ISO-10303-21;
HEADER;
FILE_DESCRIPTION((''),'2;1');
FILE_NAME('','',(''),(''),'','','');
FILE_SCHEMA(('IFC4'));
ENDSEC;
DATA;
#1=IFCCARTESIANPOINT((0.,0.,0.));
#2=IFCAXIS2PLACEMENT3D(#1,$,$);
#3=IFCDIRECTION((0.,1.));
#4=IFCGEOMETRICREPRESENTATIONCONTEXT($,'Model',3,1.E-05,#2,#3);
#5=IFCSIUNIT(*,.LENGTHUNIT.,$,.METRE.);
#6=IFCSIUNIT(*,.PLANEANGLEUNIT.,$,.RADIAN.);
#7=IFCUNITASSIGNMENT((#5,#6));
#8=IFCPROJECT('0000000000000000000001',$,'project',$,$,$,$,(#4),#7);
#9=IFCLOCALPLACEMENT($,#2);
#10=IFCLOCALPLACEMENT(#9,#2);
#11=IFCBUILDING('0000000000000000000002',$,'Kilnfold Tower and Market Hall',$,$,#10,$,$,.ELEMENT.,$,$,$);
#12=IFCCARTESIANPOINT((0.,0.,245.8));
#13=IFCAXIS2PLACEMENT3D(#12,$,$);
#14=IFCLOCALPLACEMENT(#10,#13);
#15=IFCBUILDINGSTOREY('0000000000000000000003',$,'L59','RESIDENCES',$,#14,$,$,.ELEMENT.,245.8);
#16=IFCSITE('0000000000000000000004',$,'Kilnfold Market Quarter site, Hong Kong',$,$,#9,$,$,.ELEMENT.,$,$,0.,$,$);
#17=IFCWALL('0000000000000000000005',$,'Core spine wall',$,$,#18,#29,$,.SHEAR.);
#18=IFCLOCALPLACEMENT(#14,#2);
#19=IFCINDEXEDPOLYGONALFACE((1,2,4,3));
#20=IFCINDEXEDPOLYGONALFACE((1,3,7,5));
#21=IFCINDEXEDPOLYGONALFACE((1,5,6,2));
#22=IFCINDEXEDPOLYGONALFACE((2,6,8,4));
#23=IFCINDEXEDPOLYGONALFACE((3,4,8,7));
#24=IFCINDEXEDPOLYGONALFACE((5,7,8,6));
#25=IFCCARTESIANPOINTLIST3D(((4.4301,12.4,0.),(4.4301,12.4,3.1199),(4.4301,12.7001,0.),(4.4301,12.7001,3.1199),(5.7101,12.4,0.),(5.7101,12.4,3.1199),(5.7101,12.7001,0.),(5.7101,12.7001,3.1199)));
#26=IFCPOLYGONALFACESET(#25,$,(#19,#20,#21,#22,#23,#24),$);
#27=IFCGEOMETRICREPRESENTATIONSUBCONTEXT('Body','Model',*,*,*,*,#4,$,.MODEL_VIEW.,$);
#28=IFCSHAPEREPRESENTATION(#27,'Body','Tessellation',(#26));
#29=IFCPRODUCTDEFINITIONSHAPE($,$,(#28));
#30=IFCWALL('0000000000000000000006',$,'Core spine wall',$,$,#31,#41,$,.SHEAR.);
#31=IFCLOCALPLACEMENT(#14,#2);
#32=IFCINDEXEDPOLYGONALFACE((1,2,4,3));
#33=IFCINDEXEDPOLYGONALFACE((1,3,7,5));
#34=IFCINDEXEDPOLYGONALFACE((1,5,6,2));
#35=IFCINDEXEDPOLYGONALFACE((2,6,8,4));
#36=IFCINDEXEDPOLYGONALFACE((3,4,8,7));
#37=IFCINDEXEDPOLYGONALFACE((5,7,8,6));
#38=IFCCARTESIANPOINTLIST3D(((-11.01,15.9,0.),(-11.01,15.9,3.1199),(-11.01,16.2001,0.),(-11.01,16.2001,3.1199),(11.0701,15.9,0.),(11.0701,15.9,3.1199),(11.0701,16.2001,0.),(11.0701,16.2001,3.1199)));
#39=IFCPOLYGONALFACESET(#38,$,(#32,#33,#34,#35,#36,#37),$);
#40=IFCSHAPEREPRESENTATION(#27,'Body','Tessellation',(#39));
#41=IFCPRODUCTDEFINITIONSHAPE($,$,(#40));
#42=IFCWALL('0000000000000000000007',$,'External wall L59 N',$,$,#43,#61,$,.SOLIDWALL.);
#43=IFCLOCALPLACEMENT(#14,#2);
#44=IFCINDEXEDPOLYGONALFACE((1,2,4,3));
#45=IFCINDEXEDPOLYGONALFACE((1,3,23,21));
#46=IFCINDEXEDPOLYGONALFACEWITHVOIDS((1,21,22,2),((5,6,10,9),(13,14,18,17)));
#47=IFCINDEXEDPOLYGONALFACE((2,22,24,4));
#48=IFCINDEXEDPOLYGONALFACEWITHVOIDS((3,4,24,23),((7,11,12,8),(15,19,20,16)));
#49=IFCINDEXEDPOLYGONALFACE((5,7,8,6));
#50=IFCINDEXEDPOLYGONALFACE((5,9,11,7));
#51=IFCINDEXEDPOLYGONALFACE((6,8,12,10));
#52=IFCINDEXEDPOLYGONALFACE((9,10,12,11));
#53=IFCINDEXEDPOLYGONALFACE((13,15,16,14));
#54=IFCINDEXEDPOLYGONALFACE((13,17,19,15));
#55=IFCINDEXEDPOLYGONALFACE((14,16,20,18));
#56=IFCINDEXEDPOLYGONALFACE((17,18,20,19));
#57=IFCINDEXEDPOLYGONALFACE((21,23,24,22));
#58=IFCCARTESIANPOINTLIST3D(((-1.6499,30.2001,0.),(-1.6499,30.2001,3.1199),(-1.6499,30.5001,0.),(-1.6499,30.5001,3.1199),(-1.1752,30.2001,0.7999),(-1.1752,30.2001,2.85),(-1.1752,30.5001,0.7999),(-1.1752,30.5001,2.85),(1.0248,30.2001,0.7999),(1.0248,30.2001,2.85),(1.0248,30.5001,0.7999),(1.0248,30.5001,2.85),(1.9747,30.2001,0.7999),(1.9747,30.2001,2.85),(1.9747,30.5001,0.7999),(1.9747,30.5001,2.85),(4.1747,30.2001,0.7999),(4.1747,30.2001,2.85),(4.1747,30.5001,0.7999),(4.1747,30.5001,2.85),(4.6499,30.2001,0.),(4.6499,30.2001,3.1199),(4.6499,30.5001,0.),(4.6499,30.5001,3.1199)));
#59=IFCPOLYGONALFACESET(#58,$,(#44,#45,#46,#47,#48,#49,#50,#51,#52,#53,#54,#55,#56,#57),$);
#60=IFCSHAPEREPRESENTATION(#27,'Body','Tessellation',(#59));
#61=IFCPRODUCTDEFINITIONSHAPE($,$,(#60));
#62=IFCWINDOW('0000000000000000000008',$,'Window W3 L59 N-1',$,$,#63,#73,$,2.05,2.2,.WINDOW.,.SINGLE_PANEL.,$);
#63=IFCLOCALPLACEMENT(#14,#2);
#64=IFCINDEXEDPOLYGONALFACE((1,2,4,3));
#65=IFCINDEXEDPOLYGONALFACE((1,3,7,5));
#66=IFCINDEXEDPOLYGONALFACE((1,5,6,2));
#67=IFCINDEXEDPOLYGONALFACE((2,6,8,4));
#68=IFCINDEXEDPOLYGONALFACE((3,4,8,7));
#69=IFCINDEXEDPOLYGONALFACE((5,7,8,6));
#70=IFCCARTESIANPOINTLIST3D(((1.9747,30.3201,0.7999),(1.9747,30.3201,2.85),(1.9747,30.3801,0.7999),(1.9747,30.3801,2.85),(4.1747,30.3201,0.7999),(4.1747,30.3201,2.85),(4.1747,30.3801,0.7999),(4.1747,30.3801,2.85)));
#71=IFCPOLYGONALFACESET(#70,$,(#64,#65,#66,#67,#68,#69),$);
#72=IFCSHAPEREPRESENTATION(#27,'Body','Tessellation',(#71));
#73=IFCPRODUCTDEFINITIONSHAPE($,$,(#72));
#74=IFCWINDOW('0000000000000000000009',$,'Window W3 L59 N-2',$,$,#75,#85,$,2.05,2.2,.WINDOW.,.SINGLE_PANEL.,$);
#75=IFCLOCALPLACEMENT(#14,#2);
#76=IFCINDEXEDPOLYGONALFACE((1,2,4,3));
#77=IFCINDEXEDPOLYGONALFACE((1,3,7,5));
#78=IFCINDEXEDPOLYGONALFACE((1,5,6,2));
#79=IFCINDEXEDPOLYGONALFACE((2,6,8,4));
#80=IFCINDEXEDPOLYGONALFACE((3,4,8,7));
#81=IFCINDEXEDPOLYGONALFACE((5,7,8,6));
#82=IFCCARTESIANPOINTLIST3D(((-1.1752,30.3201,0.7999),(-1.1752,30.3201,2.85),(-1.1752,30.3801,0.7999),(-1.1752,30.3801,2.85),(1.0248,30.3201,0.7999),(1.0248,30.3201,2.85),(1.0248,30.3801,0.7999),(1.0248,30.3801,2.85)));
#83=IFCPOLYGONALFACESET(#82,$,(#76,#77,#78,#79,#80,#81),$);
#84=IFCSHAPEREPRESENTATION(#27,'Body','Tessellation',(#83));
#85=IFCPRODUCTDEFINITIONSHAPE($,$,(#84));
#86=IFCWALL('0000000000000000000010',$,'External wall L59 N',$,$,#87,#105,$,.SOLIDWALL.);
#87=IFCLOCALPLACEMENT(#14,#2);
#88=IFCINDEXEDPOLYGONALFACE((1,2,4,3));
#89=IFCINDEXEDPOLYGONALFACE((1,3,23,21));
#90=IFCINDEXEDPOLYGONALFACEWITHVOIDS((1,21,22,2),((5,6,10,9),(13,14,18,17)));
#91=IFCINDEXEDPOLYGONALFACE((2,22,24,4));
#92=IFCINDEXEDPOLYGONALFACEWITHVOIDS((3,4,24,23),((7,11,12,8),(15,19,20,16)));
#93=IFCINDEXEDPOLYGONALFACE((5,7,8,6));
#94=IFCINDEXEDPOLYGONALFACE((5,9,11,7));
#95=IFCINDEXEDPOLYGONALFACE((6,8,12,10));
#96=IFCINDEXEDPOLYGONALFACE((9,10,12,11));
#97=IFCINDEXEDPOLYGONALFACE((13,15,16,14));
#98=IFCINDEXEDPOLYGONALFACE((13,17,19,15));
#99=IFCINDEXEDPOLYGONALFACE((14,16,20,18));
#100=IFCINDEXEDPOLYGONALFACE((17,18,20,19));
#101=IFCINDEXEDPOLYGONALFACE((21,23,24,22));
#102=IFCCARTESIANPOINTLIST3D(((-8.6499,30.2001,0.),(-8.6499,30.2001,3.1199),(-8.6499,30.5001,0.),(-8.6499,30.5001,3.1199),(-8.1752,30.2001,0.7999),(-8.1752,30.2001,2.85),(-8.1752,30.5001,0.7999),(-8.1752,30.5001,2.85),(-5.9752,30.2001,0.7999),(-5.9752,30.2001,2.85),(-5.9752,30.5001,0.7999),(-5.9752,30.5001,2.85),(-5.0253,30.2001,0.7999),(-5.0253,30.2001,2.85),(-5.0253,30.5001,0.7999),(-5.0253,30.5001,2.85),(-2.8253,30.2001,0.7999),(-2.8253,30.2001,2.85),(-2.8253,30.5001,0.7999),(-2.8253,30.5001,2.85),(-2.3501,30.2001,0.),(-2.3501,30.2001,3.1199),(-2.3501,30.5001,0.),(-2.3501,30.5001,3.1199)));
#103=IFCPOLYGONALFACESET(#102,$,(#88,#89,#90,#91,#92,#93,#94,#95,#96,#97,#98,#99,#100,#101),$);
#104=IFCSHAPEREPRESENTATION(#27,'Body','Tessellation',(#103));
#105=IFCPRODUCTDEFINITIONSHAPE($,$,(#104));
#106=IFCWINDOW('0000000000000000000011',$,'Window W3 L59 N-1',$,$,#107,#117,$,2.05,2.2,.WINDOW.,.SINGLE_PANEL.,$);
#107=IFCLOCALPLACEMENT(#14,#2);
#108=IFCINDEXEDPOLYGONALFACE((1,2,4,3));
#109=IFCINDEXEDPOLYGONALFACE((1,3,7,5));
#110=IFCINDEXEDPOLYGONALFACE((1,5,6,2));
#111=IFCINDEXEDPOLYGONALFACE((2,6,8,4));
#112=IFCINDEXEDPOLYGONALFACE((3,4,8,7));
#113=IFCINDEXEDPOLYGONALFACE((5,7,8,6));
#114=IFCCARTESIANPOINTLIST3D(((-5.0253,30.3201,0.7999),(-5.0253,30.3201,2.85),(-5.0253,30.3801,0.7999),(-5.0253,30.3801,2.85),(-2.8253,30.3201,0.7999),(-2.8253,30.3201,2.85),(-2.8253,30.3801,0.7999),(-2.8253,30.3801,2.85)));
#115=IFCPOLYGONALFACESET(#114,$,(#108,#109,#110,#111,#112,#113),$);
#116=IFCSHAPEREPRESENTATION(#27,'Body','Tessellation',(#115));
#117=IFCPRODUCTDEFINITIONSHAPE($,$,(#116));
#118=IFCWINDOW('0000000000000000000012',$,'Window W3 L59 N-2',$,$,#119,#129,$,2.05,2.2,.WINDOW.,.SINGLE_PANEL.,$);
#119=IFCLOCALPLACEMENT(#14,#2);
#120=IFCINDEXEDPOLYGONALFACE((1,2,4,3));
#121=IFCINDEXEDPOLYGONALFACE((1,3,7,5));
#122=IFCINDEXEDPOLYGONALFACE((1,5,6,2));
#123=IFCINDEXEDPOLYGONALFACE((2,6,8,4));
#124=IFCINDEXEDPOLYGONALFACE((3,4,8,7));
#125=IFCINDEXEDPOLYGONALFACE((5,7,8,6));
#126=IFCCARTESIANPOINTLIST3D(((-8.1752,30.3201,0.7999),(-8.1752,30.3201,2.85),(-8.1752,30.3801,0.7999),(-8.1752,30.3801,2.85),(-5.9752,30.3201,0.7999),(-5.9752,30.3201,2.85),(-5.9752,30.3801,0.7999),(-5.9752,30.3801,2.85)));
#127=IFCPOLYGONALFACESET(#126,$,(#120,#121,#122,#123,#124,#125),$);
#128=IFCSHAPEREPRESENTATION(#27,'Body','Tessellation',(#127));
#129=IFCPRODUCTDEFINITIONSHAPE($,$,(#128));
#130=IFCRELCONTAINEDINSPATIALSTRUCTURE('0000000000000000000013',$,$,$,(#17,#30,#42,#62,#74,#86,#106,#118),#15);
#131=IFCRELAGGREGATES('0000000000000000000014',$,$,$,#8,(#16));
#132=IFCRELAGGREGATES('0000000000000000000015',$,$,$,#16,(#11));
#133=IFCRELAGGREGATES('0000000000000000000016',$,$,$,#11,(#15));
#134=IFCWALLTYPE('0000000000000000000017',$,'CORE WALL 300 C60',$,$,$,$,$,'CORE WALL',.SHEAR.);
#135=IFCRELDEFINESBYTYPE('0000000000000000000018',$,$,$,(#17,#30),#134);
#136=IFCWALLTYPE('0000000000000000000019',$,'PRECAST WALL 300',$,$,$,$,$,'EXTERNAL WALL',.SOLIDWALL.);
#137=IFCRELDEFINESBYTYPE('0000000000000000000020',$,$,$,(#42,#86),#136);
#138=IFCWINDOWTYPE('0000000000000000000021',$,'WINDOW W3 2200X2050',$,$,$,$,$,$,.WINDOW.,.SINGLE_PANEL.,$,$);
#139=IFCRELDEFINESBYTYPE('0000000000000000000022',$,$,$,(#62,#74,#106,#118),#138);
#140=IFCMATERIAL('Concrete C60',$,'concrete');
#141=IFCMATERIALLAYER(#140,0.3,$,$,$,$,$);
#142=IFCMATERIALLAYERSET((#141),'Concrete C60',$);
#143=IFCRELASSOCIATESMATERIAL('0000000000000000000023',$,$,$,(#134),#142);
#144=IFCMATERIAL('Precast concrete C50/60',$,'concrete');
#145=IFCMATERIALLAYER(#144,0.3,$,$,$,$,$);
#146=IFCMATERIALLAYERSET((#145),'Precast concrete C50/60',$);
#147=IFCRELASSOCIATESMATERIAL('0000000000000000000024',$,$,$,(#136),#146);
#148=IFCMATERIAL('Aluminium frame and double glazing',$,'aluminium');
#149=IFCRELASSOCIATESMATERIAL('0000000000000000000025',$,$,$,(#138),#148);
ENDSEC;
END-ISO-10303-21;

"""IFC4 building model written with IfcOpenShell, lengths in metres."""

from ifc_helpers import new_model, si_unit, direction, frame, frame_2d, origin, place, context, subcontext, project, spatial, rectangle, extrude, source, transform, mapped, material, layer, layer_set, type_object, element, fill, save


model = new_model("IFC4")

# Units and contexts
model_context = context("Model", 3, precision=1e-05, world=origin(), true_north=direction((0.0, 1.0)))
body_context = subcontext(model_context, "Body", "Model", "MODEL_VIEW")
ifc_project = project(units=[si_unit("LENGTHUNIT", "METRE"), si_unit("PLANEANGLEUNIT", "RADIAN")], contexts=[model_context])

# Site, building, storey
site_placement = place(None, origin())
site = spatial("IfcSite", under=ifc_project, at=site_placement, Name="Kilnfold Market Quarter site, Hong Kong", CompositionType="ELEMENT", RefElevation=0.0)
building_placement = place(site_placement, origin())
building = spatial("IfcBuilding", under=site, at=building_placement, Name="Kilnfold Tower and Market Hall", CompositionType="ELEMENT")
storey_placement = place(building_placement, frame((0.0, 0.0, 245.8)))
storey = spatial("IfcBuildingStorey", under=building, at=storey_placement, Name="L59", Description="RESIDENCES", CompositionType="ELEMENT", Elevation=245.8)

# Walls
ifc_material_1 = material(Name="Concrete C60", Category="concrete")
ifc_layer_1 = layer(ifc_material_1, 0.3)
ifc_layer_set_1 = layer_set([ifc_layer_1], Name="Concrete C60")
wall_type_1 = type_object("IfcWallType", Name="CORE WALL 300 C60", ElementType="CORE WALL", PredefinedType="SHEAR", material=ifc_layer_set_1)
shared_shape_1 = source(origin(), body_context, "Body", "SweptSolid", [
    extrude(rectangle(XDim=1.28, YDim=0.3, at=frame_2d((0.6401, 0.0))), origin(), (0.0, 0.0, 1.0), 3.1199),
])
wall_1_placement = place(storey_placement, frame((4.4299, 12.55, 0.0), z_axis=(0.0, 0.0, 1.0), x_axis=(1.0, 0.0, 0.0)))
element("IfcWall", 1, at=wall_1_placement, inside=storey, type_object=wall_type_1, Name="Core spine wall", PredefinedType="SHEAR", context=body_context, shape_type="MappedRepresentation", body=[
    mapped(shared_shape_1, transform((0.0, 0.0, 0.0))),
])
shared_shape_2 = source(origin(), body_context, "Body", "SweptSolid", [
    extrude(rectangle(XDim=22.0801, YDim=0.3, at=frame_2d((11.04, 0.0))), origin(), (0.0, 0.0, 1.0), 3.1199),
])
wall_2_placement = place(storey_placement, frame((-11.01, 16.05, 0.0), z_axis=(0.0, 0.0, 1.0), x_axis=(1.0, 0.0, 0.0)))
element("IfcWall", 2, at=wall_2_placement, inside=storey, type_object=wall_type_1, Name="Core spine wall", PredefinedType="SHEAR", context=body_context, shape_type="MappedRepresentation", body=[
    mapped(shared_shape_2, transform((0.0, 0.0, 0.0))),
])

# Walls, openings, windows
ifc_material_2 = material(Name="Precast concrete C50/60", Category="concrete")
ifc_layer_2 = layer(ifc_material_2, 0.3)
ifc_layer_set_2 = layer_set([ifc_layer_2], Name="Precast concrete C50/60")
wall_type_2 = type_object("IfcWallType", Name="PRECAST WALL 300", ElementType="EXTERNAL WALL", PredefinedType="SOLIDWALL", material=ifc_layer_set_2)
shared_shape_3 = source(origin(), body_context, "Body", "SweptSolid", [
    extrude(rectangle(XDim=6.2998, YDim=0.3, at=frame_2d((3.1499, 0.0))), origin(), (0.0, 0.0, 1.0), 3.1199),
])
wall_3_placement = place(storey_placement, frame((4.6499, 30.3501, 0.0), z_axis=(0.0, 0.0, 1.0), x_axis=(-1.0, 0.0, 0.0)))
wall_3 = element("IfcWall", 3, at=wall_3_placement, inside=storey, type_object=wall_type_2, Name="External wall L59 N", PredefinedType="SOLIDWALL", context=body_context, shape_type="MappedRepresentation", body=[
    mapped(shared_shape_3, transform((0.0, 0.0, 0.0))),
])
opening_1_placement = place(wall_3_placement, frame((0.4751, 0.0, 0.8)))
opening_1 = element("IfcOpeningElement", 4, at=opening_1_placement, cuts=wall_3, PredefinedType="OPENING", context=body_context, shape_type="SweptSolid", body=[
    extrude(rectangle(XDim=2.2, YDim=2.05, at=frame_2d((1.1001, 1.0249))), frame((0.0, 0.1602, 0.0), z_axis=(0.0, -1.0, 0.0), x_axis=(1.0, 0.0, 0.0)), (0.0, 0.0, 1.0), 0.3201),
])
opening_2_placement = place(wall_3_placement, frame((3.625, 0.0, 0.8)))
opening_2 = element("IfcOpeningElement", 5, at=opening_2_placement, cuts=wall_3, PredefinedType="OPENING", context=body_context, shape_type="SweptSolid", body=[
    extrude(rectangle(XDim=2.2, YDim=2.05, at=frame_2d((1.1001, 1.0249))), frame((0.0, 0.1602, 0.0), z_axis=(0.0, -1.0, 0.0), x_axis=(1.0, 0.0, 0.0)), (0.0, 0.0, 1.0), 0.3201),
])
ifc_material_3 = material(Name="Aluminium frame and double glazing", Category="aluminium")
window_type = type_object("IfcWindowType", Name="WINDOW W3 2200X2050", PartitioningType="SINGLE_PANEL", PredefinedType="WINDOW", material=ifc_material_3)
window_1_placement = place(opening_1_placement, origin())
window_1 = element("IfcWindow", 6, at=window_1_placement, inside=storey, type_object=window_type, Name="Window W3 L59 N-1", OverallHeight=2.05, OverallWidth=2.2, PartitioningType="SINGLE_PANEL", PredefinedType="WINDOW", context=body_context, shape_type="SweptSolid", body=[
    extrude(rectangle(XDim=2.2, YDim=2.05, at=frame_2d((1.1001, 1.0249))), frame((0.0, 0.03, 0.0), z_axis=(0.0, -1.0, 0.0), x_axis=(1.0, 0.0, 0.0)), (0.0, 0.0, 1.0), 0.0601),
])
fill(opening_1, window_1)
window_2_placement = place(opening_2_placement, origin())
window_2 = element("IfcWindow", 7, at=window_2_placement, inside=storey, type_object=window_type, Name="Window W3 L59 N-2", OverallHeight=2.05, OverallWidth=2.2, PartitioningType="SINGLE_PANEL", PredefinedType="WINDOW", context=body_context, shape_type="SweptSolid", body=[
    extrude(rectangle(XDim=2.2, YDim=2.05, at=frame_2d((1.1001, 1.0249))), frame((0.0, 0.03, 0.0), z_axis=(0.0, -1.0, 0.0), x_axis=(1.0, 0.0, 0.0)), (0.0, 0.0, 1.0), 0.0601),
])
fill(opening_2, window_2)
wall_4_placement = place(storey_placement, frame((-2.3501, 30.3501, 0.0), z_axis=(0.0, 0.0, 1.0), x_axis=(-1.0, 0.0, 0.0)))
wall_4 = element("IfcWall", 8, at=wall_4_placement, inside=storey, type_object=wall_type_2, Name="External wall L59 N", PredefinedType="SOLIDWALL", context=body_context, shape_type="MappedRepresentation", body=[
    mapped(shared_shape_3, transform((0.0, 0.0, 0.0))),
])
opening_3_placement = place(wall_4_placement, frame((0.4751, 0.0, 0.8)))
opening_3 = element("IfcOpeningElement", 9, at=opening_3_placement, cuts=wall_4, PredefinedType="OPENING", context=body_context, shape_type="SweptSolid", body=[
    extrude(rectangle(XDim=2.2, YDim=2.05, at=frame_2d((1.1001, 1.0249))), frame((0.0, 0.1602, 0.0), z_axis=(0.0, -1.0, 0.0), x_axis=(1.0, 0.0, 0.0)), (0.0, 0.0, 1.0), 0.3201),
])
opening_4_placement = place(wall_4_placement, frame((3.625, 0.0, 0.8)))
opening_4 = element("IfcOpeningElement", 10, at=opening_4_placement, cuts=wall_4, PredefinedType="OPENING", context=body_context, shape_type="SweptSolid", body=[
    extrude(rectangle(XDim=2.2, YDim=2.05, at=frame_2d((1.1001, 1.0249))), frame((0.0, 0.1602, 0.0), z_axis=(0.0, -1.0, 0.0), x_axis=(1.0, 0.0, 0.0)), (0.0, 0.0, 1.0), 0.3201),
])
window_3_placement = place(opening_3_placement, origin())
window_3 = element("IfcWindow", 11, at=window_3_placement, inside=storey, type_object=window_type, Name="Window W3 L59 N-1", OverallHeight=2.05, OverallWidth=2.2, PartitioningType="SINGLE_PANEL", PredefinedType="WINDOW", context=body_context, shape_type="SweptSolid", body=[
    extrude(rectangle(XDim=2.2, YDim=2.05, at=frame_2d((1.1001, 1.0249))), frame((0.0, 0.03, 0.0), z_axis=(0.0, -1.0, 0.0), x_axis=(1.0, 0.0, 0.0)), (0.0, 0.0, 1.0), 0.0601),
])
fill(opening_3, window_3)
window_4_placement = place(opening_4_placement, origin())
window_4 = element("IfcWindow", 12, at=window_4_placement, inside=storey, type_object=window_type, Name="Window W3 L59 N-2", OverallHeight=2.05, OverallWidth=2.2, PartitioningType="SINGLE_PANEL", PredefinedType="WINDOW", context=body_context, shape_type="SweptSolid", body=[
    extrude(rectangle(XDim=2.2, YDim=2.05, at=frame_2d((1.1001, 1.0249))), frame((0.0, 0.03, 0.0), z_axis=(0.0, -1.0, 0.0), x_axis=(1.0, 0.0, 0.0)), (0.0, 0.0, 1.0), 0.0601),
])
fill(opening_4, window_4)

save(model, "model.ifc")
